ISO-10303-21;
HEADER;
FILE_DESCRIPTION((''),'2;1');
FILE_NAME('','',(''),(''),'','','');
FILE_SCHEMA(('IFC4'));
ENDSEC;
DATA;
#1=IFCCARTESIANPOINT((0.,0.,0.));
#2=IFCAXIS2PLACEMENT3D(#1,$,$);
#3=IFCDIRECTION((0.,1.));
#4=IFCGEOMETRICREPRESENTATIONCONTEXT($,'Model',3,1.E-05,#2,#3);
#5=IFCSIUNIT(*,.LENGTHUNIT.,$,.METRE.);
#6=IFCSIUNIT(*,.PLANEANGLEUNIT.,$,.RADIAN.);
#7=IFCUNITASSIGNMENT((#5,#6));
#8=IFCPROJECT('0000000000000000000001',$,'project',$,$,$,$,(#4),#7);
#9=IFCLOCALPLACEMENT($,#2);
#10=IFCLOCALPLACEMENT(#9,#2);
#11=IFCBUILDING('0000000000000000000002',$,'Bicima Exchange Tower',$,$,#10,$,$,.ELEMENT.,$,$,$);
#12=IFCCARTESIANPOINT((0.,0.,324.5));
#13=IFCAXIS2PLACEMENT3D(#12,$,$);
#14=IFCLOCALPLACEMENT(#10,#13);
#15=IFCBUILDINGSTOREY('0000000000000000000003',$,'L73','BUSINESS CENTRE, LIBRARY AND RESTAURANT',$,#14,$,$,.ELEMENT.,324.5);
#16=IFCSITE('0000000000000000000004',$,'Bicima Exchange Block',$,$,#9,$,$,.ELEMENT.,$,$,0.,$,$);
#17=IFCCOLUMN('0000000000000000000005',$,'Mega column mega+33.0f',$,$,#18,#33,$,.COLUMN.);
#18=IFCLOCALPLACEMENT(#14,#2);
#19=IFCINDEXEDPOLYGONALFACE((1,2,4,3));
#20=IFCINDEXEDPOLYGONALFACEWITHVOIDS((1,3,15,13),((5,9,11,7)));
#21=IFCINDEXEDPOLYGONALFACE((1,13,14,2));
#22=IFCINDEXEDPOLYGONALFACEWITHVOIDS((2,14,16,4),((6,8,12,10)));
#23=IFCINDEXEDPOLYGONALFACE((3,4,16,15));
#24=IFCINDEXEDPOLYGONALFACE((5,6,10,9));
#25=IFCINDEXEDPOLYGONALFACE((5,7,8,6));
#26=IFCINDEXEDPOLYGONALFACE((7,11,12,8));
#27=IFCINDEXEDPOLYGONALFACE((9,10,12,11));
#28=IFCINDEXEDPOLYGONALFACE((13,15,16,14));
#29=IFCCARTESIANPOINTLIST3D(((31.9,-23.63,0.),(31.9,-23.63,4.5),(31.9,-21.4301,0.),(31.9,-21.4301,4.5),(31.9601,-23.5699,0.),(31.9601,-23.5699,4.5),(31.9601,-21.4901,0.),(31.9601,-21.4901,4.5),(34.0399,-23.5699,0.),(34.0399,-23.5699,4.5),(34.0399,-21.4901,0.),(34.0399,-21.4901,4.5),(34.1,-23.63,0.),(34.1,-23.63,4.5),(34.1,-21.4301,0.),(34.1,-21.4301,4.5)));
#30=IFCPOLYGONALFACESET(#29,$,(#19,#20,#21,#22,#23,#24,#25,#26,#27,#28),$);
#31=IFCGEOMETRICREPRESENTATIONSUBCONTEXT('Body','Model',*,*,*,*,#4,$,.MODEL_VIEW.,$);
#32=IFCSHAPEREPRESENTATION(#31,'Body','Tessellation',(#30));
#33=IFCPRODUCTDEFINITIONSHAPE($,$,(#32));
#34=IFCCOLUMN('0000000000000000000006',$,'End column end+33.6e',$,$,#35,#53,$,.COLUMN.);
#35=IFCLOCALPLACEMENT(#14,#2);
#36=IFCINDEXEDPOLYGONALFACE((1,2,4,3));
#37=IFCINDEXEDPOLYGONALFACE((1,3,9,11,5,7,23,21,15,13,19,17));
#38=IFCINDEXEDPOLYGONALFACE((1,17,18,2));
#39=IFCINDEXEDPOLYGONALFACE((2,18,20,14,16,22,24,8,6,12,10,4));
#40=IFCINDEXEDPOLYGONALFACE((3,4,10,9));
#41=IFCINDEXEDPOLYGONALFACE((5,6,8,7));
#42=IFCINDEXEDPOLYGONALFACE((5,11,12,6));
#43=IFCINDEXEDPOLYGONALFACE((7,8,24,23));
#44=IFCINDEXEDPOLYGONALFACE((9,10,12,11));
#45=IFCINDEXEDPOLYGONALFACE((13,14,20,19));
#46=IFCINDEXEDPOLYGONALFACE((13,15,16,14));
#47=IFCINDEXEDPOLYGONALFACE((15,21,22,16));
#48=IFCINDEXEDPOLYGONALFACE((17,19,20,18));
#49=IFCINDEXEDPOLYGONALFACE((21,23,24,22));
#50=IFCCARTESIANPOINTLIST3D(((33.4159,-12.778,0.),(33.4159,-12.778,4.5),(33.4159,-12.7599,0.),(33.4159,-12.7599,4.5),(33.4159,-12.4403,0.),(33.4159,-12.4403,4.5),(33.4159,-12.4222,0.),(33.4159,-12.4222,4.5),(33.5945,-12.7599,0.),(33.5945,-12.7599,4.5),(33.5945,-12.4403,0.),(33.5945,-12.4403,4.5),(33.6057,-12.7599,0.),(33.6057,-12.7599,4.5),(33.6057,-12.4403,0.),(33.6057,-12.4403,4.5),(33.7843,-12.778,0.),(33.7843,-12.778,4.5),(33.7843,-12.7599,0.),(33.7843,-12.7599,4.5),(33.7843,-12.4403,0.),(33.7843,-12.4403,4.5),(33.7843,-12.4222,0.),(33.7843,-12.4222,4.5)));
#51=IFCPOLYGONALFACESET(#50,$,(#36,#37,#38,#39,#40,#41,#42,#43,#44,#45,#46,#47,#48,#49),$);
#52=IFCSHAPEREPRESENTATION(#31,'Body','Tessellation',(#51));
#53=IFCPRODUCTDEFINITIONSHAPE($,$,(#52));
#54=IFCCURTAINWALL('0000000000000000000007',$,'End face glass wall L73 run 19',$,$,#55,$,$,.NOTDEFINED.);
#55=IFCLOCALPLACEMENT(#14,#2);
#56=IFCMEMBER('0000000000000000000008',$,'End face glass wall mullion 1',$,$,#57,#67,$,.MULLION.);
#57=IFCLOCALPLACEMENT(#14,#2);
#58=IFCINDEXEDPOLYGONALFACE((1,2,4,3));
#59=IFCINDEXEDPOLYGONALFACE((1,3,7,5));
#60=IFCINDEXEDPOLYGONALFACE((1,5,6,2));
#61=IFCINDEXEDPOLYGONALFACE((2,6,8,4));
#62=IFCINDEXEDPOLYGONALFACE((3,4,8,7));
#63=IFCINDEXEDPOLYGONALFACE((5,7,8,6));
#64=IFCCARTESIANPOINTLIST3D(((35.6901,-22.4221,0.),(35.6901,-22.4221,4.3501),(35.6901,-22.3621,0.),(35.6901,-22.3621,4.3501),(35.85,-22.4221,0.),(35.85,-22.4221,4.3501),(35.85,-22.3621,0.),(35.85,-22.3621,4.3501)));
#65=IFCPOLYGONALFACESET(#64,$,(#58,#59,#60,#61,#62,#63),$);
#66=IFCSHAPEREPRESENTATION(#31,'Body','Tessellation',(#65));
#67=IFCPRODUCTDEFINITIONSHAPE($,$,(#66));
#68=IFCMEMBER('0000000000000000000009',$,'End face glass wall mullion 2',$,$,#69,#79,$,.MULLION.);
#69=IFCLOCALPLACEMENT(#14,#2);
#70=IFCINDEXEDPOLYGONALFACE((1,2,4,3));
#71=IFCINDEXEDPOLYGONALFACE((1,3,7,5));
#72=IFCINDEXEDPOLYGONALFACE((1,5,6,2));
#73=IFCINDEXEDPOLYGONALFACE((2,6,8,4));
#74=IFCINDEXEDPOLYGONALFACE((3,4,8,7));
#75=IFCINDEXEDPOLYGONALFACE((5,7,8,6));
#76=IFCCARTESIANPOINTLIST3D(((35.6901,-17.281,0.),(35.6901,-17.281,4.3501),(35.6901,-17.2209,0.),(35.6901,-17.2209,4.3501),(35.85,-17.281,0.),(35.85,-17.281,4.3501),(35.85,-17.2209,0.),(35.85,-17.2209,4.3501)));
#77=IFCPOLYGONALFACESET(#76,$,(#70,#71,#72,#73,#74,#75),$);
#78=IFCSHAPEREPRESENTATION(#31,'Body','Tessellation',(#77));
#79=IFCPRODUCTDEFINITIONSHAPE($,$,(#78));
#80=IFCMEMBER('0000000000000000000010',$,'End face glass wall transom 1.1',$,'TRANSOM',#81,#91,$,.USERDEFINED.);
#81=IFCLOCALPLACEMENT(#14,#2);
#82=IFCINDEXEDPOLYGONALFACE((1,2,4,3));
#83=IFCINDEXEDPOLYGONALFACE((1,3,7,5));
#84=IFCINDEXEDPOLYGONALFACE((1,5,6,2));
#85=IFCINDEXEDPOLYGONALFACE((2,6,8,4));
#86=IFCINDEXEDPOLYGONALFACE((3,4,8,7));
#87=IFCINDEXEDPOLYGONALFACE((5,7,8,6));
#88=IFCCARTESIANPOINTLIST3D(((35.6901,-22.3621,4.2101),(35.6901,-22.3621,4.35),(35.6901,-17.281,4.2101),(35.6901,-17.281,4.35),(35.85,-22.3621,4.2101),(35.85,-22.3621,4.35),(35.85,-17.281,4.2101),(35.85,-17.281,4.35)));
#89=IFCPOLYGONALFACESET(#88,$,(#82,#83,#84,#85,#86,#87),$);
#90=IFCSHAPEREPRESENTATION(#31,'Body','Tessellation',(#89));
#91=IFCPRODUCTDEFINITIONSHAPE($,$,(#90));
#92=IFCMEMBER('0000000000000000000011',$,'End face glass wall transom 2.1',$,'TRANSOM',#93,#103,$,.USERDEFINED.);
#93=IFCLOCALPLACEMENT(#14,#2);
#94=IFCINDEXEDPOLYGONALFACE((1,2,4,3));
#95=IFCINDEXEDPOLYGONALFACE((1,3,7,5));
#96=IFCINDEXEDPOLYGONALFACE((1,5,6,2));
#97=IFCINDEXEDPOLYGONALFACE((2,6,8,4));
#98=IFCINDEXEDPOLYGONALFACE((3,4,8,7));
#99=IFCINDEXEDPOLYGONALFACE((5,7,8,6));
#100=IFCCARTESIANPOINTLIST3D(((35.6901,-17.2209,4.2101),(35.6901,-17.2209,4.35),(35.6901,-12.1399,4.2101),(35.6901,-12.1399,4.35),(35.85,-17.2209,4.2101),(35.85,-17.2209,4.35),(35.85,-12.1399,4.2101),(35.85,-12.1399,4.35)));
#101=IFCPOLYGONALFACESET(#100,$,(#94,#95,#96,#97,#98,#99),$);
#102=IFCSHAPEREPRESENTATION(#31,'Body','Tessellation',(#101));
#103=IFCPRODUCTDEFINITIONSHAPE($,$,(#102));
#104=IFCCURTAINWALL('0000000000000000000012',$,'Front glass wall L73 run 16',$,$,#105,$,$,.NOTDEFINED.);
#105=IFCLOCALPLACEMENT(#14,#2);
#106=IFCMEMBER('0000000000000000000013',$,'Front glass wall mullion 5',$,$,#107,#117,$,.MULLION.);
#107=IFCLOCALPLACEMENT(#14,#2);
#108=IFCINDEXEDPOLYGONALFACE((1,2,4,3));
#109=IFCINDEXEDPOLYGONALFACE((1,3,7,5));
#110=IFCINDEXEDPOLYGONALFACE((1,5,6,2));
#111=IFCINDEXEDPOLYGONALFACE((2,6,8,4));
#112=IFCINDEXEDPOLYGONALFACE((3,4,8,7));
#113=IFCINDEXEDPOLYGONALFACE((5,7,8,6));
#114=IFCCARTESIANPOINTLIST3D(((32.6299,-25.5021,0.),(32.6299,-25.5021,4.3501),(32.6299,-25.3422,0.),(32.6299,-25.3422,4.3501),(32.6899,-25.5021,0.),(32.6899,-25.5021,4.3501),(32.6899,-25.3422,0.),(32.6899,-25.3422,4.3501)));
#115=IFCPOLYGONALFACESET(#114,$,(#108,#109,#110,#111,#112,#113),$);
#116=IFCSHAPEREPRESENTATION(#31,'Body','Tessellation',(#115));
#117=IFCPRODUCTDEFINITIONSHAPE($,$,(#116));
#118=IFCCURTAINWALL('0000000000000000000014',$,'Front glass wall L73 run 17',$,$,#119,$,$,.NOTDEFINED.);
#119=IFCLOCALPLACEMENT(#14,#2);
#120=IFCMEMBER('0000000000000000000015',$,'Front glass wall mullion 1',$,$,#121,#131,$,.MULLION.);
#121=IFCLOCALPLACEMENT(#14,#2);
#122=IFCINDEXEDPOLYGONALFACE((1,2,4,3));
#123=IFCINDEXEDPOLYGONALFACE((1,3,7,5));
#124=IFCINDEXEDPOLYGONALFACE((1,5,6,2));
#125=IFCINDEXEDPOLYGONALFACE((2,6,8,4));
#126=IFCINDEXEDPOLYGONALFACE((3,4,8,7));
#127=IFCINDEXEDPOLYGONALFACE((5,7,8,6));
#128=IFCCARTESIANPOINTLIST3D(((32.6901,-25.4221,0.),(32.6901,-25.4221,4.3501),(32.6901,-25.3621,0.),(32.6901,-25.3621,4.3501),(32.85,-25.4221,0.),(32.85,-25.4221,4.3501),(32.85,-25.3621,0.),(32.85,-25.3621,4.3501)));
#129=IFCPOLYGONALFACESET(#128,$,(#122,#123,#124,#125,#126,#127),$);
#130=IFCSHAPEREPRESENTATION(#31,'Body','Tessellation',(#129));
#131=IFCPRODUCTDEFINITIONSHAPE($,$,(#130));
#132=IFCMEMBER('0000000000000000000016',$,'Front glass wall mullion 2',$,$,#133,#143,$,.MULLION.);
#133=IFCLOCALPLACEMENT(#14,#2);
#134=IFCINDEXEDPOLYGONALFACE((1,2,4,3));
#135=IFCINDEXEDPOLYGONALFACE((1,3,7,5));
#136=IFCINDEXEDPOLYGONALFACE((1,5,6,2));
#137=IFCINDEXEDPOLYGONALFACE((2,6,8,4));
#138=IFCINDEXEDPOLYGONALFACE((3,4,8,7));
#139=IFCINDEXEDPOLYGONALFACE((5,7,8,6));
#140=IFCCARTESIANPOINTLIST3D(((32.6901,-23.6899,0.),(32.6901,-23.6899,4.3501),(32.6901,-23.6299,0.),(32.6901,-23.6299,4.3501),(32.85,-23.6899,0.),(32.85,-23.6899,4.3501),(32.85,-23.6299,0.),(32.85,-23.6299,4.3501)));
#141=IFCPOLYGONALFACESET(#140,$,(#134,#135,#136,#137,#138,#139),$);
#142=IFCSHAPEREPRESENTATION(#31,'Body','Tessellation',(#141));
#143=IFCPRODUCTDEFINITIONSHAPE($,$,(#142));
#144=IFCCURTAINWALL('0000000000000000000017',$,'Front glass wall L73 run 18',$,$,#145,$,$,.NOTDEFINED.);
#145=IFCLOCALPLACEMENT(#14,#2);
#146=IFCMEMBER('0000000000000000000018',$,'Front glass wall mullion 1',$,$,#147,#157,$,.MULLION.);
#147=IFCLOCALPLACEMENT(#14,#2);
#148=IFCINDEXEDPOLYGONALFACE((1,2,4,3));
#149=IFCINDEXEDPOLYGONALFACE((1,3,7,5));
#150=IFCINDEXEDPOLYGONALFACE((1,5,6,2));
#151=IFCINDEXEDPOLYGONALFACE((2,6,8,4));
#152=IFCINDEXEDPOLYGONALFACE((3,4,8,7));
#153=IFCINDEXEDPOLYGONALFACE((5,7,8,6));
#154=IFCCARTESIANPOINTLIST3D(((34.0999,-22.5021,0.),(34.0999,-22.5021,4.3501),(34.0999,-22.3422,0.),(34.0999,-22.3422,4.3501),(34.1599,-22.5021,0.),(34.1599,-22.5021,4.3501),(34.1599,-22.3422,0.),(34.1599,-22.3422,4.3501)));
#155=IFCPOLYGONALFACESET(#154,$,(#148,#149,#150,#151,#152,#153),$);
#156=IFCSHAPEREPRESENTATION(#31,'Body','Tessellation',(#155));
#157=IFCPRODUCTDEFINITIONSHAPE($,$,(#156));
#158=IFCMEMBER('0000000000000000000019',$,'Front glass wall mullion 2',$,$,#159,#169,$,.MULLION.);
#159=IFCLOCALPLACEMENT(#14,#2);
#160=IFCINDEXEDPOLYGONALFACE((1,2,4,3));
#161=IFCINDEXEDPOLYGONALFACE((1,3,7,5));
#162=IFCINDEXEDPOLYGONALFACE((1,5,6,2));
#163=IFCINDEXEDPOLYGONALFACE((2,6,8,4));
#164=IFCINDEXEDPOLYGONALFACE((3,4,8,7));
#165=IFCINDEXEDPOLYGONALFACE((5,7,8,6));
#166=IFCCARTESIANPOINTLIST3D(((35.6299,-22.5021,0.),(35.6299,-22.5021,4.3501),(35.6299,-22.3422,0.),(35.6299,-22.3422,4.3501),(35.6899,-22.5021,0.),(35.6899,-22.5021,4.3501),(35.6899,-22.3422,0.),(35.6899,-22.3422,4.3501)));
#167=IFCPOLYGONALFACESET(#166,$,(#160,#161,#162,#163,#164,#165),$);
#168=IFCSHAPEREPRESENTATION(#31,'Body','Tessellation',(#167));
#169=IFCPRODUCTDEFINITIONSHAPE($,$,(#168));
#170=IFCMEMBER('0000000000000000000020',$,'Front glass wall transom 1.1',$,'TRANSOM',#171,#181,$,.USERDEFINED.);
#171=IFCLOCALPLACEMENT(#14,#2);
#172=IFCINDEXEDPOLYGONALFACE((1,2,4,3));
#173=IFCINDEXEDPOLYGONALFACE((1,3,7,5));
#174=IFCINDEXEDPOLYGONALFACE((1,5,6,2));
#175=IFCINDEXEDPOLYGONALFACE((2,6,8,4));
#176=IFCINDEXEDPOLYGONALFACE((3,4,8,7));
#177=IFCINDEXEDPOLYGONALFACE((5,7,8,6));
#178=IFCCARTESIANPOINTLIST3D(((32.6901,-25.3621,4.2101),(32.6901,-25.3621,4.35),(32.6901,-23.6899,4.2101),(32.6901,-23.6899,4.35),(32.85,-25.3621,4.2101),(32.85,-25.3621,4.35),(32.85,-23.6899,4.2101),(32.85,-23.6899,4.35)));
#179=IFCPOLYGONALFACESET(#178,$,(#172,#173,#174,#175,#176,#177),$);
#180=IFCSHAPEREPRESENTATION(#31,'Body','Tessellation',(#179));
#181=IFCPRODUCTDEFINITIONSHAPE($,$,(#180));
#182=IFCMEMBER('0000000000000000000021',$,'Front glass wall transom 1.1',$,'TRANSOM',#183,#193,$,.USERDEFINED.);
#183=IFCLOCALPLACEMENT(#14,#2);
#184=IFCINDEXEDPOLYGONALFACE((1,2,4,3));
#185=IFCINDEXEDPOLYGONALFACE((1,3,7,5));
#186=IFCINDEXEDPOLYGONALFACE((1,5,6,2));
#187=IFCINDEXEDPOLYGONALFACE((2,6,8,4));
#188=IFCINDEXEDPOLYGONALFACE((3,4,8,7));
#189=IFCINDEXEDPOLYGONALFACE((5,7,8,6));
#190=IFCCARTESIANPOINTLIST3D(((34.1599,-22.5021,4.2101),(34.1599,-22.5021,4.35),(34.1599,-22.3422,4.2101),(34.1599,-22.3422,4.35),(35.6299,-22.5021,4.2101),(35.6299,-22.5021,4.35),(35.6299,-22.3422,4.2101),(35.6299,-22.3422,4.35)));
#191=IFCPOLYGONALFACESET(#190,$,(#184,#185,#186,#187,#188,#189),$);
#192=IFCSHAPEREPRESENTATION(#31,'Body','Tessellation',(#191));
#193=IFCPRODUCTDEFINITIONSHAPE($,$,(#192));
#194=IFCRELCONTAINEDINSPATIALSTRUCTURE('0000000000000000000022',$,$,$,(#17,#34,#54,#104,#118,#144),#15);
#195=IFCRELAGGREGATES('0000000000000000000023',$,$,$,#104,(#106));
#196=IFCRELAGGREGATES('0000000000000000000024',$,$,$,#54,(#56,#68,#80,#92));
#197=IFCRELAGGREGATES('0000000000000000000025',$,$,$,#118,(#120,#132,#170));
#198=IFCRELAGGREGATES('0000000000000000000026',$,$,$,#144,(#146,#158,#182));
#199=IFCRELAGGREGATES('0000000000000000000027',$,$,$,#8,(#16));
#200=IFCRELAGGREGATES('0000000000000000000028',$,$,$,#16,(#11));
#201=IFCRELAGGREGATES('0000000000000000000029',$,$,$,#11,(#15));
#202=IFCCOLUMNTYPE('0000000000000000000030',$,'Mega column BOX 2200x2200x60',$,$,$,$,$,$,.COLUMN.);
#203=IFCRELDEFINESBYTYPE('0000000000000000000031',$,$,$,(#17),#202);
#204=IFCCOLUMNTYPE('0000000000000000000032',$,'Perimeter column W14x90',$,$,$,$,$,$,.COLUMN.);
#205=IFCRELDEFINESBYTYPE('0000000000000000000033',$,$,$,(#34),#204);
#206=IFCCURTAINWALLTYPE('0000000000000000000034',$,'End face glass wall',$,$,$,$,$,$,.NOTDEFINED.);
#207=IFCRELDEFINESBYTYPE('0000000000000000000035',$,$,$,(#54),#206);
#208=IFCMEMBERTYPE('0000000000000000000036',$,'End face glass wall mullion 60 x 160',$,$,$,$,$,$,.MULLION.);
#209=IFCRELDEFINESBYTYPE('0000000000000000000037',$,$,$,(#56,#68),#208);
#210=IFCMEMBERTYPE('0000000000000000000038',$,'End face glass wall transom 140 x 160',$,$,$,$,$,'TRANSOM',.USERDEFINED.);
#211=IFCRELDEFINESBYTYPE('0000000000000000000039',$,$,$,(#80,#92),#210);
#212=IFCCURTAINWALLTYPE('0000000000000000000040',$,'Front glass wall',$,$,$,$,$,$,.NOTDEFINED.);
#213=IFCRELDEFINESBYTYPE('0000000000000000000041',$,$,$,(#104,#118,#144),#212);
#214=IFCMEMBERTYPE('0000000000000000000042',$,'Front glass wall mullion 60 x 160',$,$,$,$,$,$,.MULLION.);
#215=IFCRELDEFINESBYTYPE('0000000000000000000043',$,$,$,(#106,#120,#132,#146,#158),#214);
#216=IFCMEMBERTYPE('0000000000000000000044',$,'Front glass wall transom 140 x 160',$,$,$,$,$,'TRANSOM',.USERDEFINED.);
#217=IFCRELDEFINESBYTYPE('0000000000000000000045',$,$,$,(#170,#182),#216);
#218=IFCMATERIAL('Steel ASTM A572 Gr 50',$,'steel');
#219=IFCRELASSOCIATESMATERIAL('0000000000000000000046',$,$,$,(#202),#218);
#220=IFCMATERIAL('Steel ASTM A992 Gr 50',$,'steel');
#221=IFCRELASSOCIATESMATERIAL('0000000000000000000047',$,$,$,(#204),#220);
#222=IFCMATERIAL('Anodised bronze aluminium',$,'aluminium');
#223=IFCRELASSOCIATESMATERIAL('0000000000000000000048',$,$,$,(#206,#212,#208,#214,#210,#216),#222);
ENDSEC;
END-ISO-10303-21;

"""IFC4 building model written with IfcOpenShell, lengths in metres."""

from ifc_helpers import new_model, si_unit, direction, frame, origin, origin_2d, place, context, subcontext, project, spatial, rectangle, hollow_rectangle, i_section, extrude, material, material_profile, profile_set, type_object, element, aggregate, save


model = new_model("IFC4")

# Units and contexts
model_context = context("Model", 3, precision=1e-05, world=origin(), true_north=direction((0.0, 1.0)))
body_context = subcontext(model_context, "Body", "Model", "MODEL_VIEW")
ifc_project = project(units=[si_unit("LENGTHUNIT", "METRE"), si_unit("PLANEANGLEUNIT", "RADIAN")], contexts=[model_context])

# Site, building, storey
site_placement = place(None, origin())
site = spatial("IfcSite", under=ifc_project, at=site_placement, Name="Bicima Exchange Block", CompositionType="ELEMENT", RefElevation=0.0)
building_placement = place(site_placement, origin())
building = spatial("IfcBuilding", under=site, at=building_placement, Name="Bicima Exchange Tower", CompositionType="ELEMENT")
storey_placement = place(building_placement, frame((0.0, 0.0, 324.5)))
storey = spatial("IfcBuildingStorey", under=building, at=storey_placement, Name="L73", Description="BUSINESS CENTRE, LIBRARY AND RESTAURANT", CompositionType="ELEMENT", Elevation=324.5)

# Columns
ifc_material_1 = material(Name="Steel ASTM A572 Gr 50", Category="steel")
ifc_material_profile_1 = material_profile(ifc_material_1, hollow_rectangle(XDim=2.2, YDim=2.2, WallThickness=0.0601, at=origin_2d()))
ifc_profile_set_1 = profile_set([ifc_material_profile_1], Name="Steel ASTM A572 Gr 50")
column_type_1 = type_object("IfcColumnType", Name="Mega column BOX 2200x2200x60", PredefinedType="COLUMN", material=ifc_profile_set_1)
column_1_placement = place(storey_placement, frame((33.0, -22.53, 0.0), z_axis=(0.0, 0.0, 1.0), x_axis=(1.0, 0.0, 0.0)))
element("IfcColumn", 1, at=column_1_placement, inside=storey, type_object=column_type_1, Name="Mega column mega+33.0f", PredefinedType="COLUMN", context=body_context, shape_type="SweptSolid", body=[
    extrude(hollow_rectangle(XDim=2.2, YDim=2.2, WallThickness=0.0601, at=origin_2d()), origin(), (0.0, 0.0, 1.0), 4.5),
])
ifc_material_2 = material(Name="Steel ASTM A992 Gr 50", Category="steel")
ifc_material_profile_2 = material_profile(ifc_material_2, i_section(OverallWidth=0.3684, OverallDepth=0.3557, WebThickness=0.0112, FlangeThickness=0.0181, at=origin_2d()))
ifc_profile_set_2 = profile_set([ifc_material_profile_2], Name="Steel ASTM A992 Gr 50")
column_type_2 = type_object("IfcColumnType", Name="Perimeter column W14x90", PredefinedType="COLUMN", material=ifc_profile_set_2)
column_2_placement = place(storey_placement, frame((33.6001, -12.6001, 0.0), z_axis=(0.0, 0.0, 1.0), x_axis=(1.0, 0.0, 0.0)))
element("IfcColumn", 2, at=column_2_placement, inside=storey, type_object=column_type_2, Name="End column end+33.6e", PredefinedType="COLUMN", context=body_context, shape_type="SweptSolid", body=[
    extrude(i_section(OverallWidth=0.3684, OverallDepth=0.3557, WebThickness=0.0112, FlangeThickness=0.0181, at=origin_2d()), origin(), (0.0, 0.0, 1.0), 4.5),
])

# Curtain wall, members
ifc_material_3 = material(Name="Anodised bronze aluminium", Category="aluminium")
curtain_wall_type_1 = type_object("IfcCurtainWallType", Name="End face glass wall", PredefinedType="NOTDEFINED", material=ifc_material_3)
curtain_wall_1_placement = place(storey_placement, origin())
curtain_wall_1 = element("IfcCurtainWall", 3, at=curtain_wall_1_placement, inside=storey, type_object=curtain_wall_type_1, Name="End face glass wall L73 run 19", PredefinedType="NOTDEFINED")
ifc_material_profile_3 = material_profile(ifc_material_3, rectangle(XDim=0.1599, YDim=0.0601, at=origin_2d()))
ifc_profile_set_3 = profile_set([ifc_material_profile_3], Name="Anodised bronze aluminium")
member_type_1 = type_object("IfcMemberType", Name="End face glass wall mullion 60 x 160", PredefinedType="MULLION", material=ifc_profile_set_3)
member_1_placement = place(storey_placement, frame((35.77, -22.3921, 0.0), z_axis=(0.0, 0.0, 1.0), x_axis=(-1.0, 0.0, 0.0)))
member_1 = element("IfcMember", 4, at=member_1_placement, type_object=member_type_1, Name="End face glass wall mullion 1", PredefinedType="MULLION", context=body_context, shape_type="SweptSolid", body=[
    extrude(rectangle(XDim=0.1599, YDim=0.0601, at=origin_2d()), origin(), (0.0, 0.0, 1.0), 4.3501),
])
member_2_placement = place(storey_placement, frame((35.77, -17.251, 0.0), z_axis=(0.0, 0.0, 1.0), x_axis=(-1.0, 0.0, 0.0)))
member_2 = element("IfcMember", 5, at=member_2_placement, type_object=member_type_1, Name="End face glass wall mullion 2", PredefinedType="MULLION", context=body_context, shape_type="SweptSolid", body=[
    extrude(rectangle(XDim=0.1599, YDim=0.0601, at=origin_2d()), origin(), (0.0, 0.0, 1.0), 4.3501),
])
ifc_material_profile_4 = material_profile(ifc_material_3, rectangle(XDim=0.1599, YDim=0.1399, at=origin_2d()))
ifc_profile_set_4 = profile_set([ifc_material_profile_4], Name="Anodised bronze aluminium")
member_type_2 = type_object("IfcMemberType", Name="End face glass wall transom 140 x 160", ElementType="TRANSOM", PredefinedType="USERDEFINED", material=ifc_profile_set_4)
member_3_placement = place(storey_placement, frame((35.77, -22.3621, 4.28), z_axis=(0.0, 1.0, 0.0), x_axis=(-1.0, 0.0, 0.0)))
member_3 = element("IfcMember", 6, at=member_3_placement, type_object=member_type_2, Name="End face glass wall transom 1.1", ObjectType="TRANSOM", PredefinedType="USERDEFINED", context=body_context, shape_type="SweptSolid", body=[
    extrude(rectangle(XDim=0.1599, YDim=0.1399, at=origin_2d()), origin(), (0.0, 0.0, 1.0), 5.0811),
])
member_4_placement = place(storey_placement, frame((35.77, -17.2209, 4.28), z_axis=(0.0, 1.0, 0.0), x_axis=(-1.0, 0.0, 0.0)))
member_4 = element("IfcMember", 7, at=member_4_placement, type_object=member_type_2, Name="End face glass wall transom 2.1", ObjectType="TRANSOM", PredefinedType="USERDEFINED", context=body_context, shape_type="SweptSolid", body=[
    extrude(rectangle(XDim=0.1599, YDim=0.1399, at=origin_2d()), origin(), (0.0, 0.0, 1.0), 5.0811),
])

# Curtain wall, member
curtain_wall_type_2 = type_object("IfcCurtainWallType", Name="Front glass wall", PredefinedType="NOTDEFINED", material=ifc_material_3)
curtain_wall_2_placement = place(storey_placement, origin())
curtain_wall_2 = element("IfcCurtainWall", 8, at=curtain_wall_2_placement, inside=storey, type_object=curtain_wall_type_2, Name="Front glass wall L73 run 16", PredefinedType="NOTDEFINED")
member_type_3 = type_object("IfcMemberType", Name="Front glass wall mullion 60 x 160", PredefinedType="MULLION", material=ifc_profile_set_3)
member_5_placement = place(storey_placement, frame((32.6599, -25.4221, 0.0), z_axis=(0.0, 0.0, 1.0), x_axis=(0.0, 1.0, 0.0)))
member_5 = element("IfcMember", 9, at=member_5_placement, type_object=member_type_3, Name="Front glass wall mullion 5", PredefinedType="MULLION", context=body_context, shape_type="SweptSolid", body=[
    extrude(rectangle(XDim=0.1599, YDim=0.0601, at=origin_2d()), origin(), (0.0, 0.0, 1.0), 4.3501),
])
aggregate(curtain_wall_2, [member_5])

# Curtain walls, members
curtain_wall_3_placement = place(storey_placement, origin())
curtain_wall_3 = element("IfcCurtainWall", 10, at=curtain_wall_3_placement, inside=storey, type_object=curtain_wall_type_2, Name="Front glass wall L73 run 17", PredefinedType="NOTDEFINED")
member_6_placement = place(storey_placement, frame((32.77, -25.3921, 0.0), z_axis=(0.0, 0.0, 1.0), x_axis=(-1.0, 0.0, 0.0)))
member_6 = element("IfcMember", 11, at=member_6_placement, type_object=member_type_3, Name="Front glass wall mullion 1", PredefinedType="MULLION", context=body_context, shape_type="SweptSolid", body=[
    extrude(rectangle(XDim=0.1599, YDim=0.0601, at=origin_2d()), origin(), (0.0, 0.0, 1.0), 4.3501),
])
member_7_placement = place(storey_placement, frame((32.77, -23.6599, 0.0), z_axis=(0.0, 0.0, 1.0), x_axis=(-1.0, 0.0, 0.0)))
member_7 = element("IfcMember", 12, at=member_7_placement, type_object=member_type_3, Name="Front glass wall mullion 2", PredefinedType="MULLION", context=body_context, shape_type="SweptSolid", body=[
    extrude(rectangle(XDim=0.1599, YDim=0.0601, at=origin_2d()), origin(), (0.0, 0.0, 1.0), 4.3501),
])
curtain_wall_4_placement = place(storey_placement, origin())
curtain_wall_4 = element("IfcCurtainWall", 13, at=curtain_wall_4_placement, inside=storey, type_object=curtain_wall_type_2, Name="Front glass wall L73 run 18", PredefinedType="NOTDEFINED")
member_8_placement = place(storey_placement, frame((34.1299, -22.4221, 0.0), z_axis=(0.0, 0.0, 1.0), x_axis=(0.0, 1.0, 0.0)))
member_8 = element("IfcMember", 14, at=member_8_placement, type_object=member_type_3, Name="Front glass wall mullion 1", PredefinedType="MULLION", context=body_context, shape_type="SweptSolid", body=[
    extrude(rectangle(XDim=0.1599, YDim=0.0601, at=origin_2d()), origin(), (0.0, 0.0, 1.0), 4.3501),
])
member_9_placement = place(storey_placement, frame((35.6599, -22.4221, 0.0), z_axis=(0.0, 0.0, 1.0), x_axis=(0.0, 1.0, 0.0)))
member_9 = element("IfcMember", 15, at=member_9_placement, type_object=member_type_3, Name="Front glass wall mullion 2", PredefinedType="MULLION", context=body_context, shape_type="SweptSolid", body=[
    extrude(rectangle(XDim=0.1599, YDim=0.0601, at=origin_2d()), origin(), (0.0, 0.0, 1.0), 4.3501),
])

# Members
member_type_4 = type_object("IfcMemberType", Name="Front glass wall transom 140 x 160", ElementType="TRANSOM", PredefinedType="USERDEFINED", material=ifc_profile_set_4)
member_10_placement = place(storey_placement, frame((32.77, -25.3621, 4.28), z_axis=(0.0, 1.0, 0.0), x_axis=(-1.0, 0.0, 0.0)))
member_10 = element("IfcMember", 16, at=member_10_placement, type_object=member_type_4, Name="Front glass wall transom 1.1", ObjectType="TRANSOM", PredefinedType="USERDEFINED", context=body_context, shape_type="SweptSolid", body=[
    extrude(rectangle(XDim=0.1599, YDim=0.1399, at=origin_2d()), origin(), (0.0, 0.0, 1.0), 1.6721),
])
member_11_placement = place(storey_placement, frame((34.1599, -22.4221, 4.28), z_axis=(1.0, 0.0, 0.0), x_axis=(0.0, 1.0, 0.0)))
member_11 = element("IfcMember", 17, at=member_11_placement, type_object=member_type_4, Name="Front glass wall transom 1.1", ObjectType="TRANSOM", PredefinedType="USERDEFINED", context=body_context, shape_type="SweptSolid", body=[
    extrude(rectangle(XDim=0.1599, YDim=0.1399, at=origin_2d()), origin(), (0.0, 0.0, 1.0), 1.47),
])

aggregate(curtain_wall_1, [member_1, member_2, member_3, member_4])
aggregate(curtain_wall_3, [member_6, member_7, member_10])
aggregate(curtain_wall_4, [member_8, member_9, member_11])

save(model, "model.ifc")
